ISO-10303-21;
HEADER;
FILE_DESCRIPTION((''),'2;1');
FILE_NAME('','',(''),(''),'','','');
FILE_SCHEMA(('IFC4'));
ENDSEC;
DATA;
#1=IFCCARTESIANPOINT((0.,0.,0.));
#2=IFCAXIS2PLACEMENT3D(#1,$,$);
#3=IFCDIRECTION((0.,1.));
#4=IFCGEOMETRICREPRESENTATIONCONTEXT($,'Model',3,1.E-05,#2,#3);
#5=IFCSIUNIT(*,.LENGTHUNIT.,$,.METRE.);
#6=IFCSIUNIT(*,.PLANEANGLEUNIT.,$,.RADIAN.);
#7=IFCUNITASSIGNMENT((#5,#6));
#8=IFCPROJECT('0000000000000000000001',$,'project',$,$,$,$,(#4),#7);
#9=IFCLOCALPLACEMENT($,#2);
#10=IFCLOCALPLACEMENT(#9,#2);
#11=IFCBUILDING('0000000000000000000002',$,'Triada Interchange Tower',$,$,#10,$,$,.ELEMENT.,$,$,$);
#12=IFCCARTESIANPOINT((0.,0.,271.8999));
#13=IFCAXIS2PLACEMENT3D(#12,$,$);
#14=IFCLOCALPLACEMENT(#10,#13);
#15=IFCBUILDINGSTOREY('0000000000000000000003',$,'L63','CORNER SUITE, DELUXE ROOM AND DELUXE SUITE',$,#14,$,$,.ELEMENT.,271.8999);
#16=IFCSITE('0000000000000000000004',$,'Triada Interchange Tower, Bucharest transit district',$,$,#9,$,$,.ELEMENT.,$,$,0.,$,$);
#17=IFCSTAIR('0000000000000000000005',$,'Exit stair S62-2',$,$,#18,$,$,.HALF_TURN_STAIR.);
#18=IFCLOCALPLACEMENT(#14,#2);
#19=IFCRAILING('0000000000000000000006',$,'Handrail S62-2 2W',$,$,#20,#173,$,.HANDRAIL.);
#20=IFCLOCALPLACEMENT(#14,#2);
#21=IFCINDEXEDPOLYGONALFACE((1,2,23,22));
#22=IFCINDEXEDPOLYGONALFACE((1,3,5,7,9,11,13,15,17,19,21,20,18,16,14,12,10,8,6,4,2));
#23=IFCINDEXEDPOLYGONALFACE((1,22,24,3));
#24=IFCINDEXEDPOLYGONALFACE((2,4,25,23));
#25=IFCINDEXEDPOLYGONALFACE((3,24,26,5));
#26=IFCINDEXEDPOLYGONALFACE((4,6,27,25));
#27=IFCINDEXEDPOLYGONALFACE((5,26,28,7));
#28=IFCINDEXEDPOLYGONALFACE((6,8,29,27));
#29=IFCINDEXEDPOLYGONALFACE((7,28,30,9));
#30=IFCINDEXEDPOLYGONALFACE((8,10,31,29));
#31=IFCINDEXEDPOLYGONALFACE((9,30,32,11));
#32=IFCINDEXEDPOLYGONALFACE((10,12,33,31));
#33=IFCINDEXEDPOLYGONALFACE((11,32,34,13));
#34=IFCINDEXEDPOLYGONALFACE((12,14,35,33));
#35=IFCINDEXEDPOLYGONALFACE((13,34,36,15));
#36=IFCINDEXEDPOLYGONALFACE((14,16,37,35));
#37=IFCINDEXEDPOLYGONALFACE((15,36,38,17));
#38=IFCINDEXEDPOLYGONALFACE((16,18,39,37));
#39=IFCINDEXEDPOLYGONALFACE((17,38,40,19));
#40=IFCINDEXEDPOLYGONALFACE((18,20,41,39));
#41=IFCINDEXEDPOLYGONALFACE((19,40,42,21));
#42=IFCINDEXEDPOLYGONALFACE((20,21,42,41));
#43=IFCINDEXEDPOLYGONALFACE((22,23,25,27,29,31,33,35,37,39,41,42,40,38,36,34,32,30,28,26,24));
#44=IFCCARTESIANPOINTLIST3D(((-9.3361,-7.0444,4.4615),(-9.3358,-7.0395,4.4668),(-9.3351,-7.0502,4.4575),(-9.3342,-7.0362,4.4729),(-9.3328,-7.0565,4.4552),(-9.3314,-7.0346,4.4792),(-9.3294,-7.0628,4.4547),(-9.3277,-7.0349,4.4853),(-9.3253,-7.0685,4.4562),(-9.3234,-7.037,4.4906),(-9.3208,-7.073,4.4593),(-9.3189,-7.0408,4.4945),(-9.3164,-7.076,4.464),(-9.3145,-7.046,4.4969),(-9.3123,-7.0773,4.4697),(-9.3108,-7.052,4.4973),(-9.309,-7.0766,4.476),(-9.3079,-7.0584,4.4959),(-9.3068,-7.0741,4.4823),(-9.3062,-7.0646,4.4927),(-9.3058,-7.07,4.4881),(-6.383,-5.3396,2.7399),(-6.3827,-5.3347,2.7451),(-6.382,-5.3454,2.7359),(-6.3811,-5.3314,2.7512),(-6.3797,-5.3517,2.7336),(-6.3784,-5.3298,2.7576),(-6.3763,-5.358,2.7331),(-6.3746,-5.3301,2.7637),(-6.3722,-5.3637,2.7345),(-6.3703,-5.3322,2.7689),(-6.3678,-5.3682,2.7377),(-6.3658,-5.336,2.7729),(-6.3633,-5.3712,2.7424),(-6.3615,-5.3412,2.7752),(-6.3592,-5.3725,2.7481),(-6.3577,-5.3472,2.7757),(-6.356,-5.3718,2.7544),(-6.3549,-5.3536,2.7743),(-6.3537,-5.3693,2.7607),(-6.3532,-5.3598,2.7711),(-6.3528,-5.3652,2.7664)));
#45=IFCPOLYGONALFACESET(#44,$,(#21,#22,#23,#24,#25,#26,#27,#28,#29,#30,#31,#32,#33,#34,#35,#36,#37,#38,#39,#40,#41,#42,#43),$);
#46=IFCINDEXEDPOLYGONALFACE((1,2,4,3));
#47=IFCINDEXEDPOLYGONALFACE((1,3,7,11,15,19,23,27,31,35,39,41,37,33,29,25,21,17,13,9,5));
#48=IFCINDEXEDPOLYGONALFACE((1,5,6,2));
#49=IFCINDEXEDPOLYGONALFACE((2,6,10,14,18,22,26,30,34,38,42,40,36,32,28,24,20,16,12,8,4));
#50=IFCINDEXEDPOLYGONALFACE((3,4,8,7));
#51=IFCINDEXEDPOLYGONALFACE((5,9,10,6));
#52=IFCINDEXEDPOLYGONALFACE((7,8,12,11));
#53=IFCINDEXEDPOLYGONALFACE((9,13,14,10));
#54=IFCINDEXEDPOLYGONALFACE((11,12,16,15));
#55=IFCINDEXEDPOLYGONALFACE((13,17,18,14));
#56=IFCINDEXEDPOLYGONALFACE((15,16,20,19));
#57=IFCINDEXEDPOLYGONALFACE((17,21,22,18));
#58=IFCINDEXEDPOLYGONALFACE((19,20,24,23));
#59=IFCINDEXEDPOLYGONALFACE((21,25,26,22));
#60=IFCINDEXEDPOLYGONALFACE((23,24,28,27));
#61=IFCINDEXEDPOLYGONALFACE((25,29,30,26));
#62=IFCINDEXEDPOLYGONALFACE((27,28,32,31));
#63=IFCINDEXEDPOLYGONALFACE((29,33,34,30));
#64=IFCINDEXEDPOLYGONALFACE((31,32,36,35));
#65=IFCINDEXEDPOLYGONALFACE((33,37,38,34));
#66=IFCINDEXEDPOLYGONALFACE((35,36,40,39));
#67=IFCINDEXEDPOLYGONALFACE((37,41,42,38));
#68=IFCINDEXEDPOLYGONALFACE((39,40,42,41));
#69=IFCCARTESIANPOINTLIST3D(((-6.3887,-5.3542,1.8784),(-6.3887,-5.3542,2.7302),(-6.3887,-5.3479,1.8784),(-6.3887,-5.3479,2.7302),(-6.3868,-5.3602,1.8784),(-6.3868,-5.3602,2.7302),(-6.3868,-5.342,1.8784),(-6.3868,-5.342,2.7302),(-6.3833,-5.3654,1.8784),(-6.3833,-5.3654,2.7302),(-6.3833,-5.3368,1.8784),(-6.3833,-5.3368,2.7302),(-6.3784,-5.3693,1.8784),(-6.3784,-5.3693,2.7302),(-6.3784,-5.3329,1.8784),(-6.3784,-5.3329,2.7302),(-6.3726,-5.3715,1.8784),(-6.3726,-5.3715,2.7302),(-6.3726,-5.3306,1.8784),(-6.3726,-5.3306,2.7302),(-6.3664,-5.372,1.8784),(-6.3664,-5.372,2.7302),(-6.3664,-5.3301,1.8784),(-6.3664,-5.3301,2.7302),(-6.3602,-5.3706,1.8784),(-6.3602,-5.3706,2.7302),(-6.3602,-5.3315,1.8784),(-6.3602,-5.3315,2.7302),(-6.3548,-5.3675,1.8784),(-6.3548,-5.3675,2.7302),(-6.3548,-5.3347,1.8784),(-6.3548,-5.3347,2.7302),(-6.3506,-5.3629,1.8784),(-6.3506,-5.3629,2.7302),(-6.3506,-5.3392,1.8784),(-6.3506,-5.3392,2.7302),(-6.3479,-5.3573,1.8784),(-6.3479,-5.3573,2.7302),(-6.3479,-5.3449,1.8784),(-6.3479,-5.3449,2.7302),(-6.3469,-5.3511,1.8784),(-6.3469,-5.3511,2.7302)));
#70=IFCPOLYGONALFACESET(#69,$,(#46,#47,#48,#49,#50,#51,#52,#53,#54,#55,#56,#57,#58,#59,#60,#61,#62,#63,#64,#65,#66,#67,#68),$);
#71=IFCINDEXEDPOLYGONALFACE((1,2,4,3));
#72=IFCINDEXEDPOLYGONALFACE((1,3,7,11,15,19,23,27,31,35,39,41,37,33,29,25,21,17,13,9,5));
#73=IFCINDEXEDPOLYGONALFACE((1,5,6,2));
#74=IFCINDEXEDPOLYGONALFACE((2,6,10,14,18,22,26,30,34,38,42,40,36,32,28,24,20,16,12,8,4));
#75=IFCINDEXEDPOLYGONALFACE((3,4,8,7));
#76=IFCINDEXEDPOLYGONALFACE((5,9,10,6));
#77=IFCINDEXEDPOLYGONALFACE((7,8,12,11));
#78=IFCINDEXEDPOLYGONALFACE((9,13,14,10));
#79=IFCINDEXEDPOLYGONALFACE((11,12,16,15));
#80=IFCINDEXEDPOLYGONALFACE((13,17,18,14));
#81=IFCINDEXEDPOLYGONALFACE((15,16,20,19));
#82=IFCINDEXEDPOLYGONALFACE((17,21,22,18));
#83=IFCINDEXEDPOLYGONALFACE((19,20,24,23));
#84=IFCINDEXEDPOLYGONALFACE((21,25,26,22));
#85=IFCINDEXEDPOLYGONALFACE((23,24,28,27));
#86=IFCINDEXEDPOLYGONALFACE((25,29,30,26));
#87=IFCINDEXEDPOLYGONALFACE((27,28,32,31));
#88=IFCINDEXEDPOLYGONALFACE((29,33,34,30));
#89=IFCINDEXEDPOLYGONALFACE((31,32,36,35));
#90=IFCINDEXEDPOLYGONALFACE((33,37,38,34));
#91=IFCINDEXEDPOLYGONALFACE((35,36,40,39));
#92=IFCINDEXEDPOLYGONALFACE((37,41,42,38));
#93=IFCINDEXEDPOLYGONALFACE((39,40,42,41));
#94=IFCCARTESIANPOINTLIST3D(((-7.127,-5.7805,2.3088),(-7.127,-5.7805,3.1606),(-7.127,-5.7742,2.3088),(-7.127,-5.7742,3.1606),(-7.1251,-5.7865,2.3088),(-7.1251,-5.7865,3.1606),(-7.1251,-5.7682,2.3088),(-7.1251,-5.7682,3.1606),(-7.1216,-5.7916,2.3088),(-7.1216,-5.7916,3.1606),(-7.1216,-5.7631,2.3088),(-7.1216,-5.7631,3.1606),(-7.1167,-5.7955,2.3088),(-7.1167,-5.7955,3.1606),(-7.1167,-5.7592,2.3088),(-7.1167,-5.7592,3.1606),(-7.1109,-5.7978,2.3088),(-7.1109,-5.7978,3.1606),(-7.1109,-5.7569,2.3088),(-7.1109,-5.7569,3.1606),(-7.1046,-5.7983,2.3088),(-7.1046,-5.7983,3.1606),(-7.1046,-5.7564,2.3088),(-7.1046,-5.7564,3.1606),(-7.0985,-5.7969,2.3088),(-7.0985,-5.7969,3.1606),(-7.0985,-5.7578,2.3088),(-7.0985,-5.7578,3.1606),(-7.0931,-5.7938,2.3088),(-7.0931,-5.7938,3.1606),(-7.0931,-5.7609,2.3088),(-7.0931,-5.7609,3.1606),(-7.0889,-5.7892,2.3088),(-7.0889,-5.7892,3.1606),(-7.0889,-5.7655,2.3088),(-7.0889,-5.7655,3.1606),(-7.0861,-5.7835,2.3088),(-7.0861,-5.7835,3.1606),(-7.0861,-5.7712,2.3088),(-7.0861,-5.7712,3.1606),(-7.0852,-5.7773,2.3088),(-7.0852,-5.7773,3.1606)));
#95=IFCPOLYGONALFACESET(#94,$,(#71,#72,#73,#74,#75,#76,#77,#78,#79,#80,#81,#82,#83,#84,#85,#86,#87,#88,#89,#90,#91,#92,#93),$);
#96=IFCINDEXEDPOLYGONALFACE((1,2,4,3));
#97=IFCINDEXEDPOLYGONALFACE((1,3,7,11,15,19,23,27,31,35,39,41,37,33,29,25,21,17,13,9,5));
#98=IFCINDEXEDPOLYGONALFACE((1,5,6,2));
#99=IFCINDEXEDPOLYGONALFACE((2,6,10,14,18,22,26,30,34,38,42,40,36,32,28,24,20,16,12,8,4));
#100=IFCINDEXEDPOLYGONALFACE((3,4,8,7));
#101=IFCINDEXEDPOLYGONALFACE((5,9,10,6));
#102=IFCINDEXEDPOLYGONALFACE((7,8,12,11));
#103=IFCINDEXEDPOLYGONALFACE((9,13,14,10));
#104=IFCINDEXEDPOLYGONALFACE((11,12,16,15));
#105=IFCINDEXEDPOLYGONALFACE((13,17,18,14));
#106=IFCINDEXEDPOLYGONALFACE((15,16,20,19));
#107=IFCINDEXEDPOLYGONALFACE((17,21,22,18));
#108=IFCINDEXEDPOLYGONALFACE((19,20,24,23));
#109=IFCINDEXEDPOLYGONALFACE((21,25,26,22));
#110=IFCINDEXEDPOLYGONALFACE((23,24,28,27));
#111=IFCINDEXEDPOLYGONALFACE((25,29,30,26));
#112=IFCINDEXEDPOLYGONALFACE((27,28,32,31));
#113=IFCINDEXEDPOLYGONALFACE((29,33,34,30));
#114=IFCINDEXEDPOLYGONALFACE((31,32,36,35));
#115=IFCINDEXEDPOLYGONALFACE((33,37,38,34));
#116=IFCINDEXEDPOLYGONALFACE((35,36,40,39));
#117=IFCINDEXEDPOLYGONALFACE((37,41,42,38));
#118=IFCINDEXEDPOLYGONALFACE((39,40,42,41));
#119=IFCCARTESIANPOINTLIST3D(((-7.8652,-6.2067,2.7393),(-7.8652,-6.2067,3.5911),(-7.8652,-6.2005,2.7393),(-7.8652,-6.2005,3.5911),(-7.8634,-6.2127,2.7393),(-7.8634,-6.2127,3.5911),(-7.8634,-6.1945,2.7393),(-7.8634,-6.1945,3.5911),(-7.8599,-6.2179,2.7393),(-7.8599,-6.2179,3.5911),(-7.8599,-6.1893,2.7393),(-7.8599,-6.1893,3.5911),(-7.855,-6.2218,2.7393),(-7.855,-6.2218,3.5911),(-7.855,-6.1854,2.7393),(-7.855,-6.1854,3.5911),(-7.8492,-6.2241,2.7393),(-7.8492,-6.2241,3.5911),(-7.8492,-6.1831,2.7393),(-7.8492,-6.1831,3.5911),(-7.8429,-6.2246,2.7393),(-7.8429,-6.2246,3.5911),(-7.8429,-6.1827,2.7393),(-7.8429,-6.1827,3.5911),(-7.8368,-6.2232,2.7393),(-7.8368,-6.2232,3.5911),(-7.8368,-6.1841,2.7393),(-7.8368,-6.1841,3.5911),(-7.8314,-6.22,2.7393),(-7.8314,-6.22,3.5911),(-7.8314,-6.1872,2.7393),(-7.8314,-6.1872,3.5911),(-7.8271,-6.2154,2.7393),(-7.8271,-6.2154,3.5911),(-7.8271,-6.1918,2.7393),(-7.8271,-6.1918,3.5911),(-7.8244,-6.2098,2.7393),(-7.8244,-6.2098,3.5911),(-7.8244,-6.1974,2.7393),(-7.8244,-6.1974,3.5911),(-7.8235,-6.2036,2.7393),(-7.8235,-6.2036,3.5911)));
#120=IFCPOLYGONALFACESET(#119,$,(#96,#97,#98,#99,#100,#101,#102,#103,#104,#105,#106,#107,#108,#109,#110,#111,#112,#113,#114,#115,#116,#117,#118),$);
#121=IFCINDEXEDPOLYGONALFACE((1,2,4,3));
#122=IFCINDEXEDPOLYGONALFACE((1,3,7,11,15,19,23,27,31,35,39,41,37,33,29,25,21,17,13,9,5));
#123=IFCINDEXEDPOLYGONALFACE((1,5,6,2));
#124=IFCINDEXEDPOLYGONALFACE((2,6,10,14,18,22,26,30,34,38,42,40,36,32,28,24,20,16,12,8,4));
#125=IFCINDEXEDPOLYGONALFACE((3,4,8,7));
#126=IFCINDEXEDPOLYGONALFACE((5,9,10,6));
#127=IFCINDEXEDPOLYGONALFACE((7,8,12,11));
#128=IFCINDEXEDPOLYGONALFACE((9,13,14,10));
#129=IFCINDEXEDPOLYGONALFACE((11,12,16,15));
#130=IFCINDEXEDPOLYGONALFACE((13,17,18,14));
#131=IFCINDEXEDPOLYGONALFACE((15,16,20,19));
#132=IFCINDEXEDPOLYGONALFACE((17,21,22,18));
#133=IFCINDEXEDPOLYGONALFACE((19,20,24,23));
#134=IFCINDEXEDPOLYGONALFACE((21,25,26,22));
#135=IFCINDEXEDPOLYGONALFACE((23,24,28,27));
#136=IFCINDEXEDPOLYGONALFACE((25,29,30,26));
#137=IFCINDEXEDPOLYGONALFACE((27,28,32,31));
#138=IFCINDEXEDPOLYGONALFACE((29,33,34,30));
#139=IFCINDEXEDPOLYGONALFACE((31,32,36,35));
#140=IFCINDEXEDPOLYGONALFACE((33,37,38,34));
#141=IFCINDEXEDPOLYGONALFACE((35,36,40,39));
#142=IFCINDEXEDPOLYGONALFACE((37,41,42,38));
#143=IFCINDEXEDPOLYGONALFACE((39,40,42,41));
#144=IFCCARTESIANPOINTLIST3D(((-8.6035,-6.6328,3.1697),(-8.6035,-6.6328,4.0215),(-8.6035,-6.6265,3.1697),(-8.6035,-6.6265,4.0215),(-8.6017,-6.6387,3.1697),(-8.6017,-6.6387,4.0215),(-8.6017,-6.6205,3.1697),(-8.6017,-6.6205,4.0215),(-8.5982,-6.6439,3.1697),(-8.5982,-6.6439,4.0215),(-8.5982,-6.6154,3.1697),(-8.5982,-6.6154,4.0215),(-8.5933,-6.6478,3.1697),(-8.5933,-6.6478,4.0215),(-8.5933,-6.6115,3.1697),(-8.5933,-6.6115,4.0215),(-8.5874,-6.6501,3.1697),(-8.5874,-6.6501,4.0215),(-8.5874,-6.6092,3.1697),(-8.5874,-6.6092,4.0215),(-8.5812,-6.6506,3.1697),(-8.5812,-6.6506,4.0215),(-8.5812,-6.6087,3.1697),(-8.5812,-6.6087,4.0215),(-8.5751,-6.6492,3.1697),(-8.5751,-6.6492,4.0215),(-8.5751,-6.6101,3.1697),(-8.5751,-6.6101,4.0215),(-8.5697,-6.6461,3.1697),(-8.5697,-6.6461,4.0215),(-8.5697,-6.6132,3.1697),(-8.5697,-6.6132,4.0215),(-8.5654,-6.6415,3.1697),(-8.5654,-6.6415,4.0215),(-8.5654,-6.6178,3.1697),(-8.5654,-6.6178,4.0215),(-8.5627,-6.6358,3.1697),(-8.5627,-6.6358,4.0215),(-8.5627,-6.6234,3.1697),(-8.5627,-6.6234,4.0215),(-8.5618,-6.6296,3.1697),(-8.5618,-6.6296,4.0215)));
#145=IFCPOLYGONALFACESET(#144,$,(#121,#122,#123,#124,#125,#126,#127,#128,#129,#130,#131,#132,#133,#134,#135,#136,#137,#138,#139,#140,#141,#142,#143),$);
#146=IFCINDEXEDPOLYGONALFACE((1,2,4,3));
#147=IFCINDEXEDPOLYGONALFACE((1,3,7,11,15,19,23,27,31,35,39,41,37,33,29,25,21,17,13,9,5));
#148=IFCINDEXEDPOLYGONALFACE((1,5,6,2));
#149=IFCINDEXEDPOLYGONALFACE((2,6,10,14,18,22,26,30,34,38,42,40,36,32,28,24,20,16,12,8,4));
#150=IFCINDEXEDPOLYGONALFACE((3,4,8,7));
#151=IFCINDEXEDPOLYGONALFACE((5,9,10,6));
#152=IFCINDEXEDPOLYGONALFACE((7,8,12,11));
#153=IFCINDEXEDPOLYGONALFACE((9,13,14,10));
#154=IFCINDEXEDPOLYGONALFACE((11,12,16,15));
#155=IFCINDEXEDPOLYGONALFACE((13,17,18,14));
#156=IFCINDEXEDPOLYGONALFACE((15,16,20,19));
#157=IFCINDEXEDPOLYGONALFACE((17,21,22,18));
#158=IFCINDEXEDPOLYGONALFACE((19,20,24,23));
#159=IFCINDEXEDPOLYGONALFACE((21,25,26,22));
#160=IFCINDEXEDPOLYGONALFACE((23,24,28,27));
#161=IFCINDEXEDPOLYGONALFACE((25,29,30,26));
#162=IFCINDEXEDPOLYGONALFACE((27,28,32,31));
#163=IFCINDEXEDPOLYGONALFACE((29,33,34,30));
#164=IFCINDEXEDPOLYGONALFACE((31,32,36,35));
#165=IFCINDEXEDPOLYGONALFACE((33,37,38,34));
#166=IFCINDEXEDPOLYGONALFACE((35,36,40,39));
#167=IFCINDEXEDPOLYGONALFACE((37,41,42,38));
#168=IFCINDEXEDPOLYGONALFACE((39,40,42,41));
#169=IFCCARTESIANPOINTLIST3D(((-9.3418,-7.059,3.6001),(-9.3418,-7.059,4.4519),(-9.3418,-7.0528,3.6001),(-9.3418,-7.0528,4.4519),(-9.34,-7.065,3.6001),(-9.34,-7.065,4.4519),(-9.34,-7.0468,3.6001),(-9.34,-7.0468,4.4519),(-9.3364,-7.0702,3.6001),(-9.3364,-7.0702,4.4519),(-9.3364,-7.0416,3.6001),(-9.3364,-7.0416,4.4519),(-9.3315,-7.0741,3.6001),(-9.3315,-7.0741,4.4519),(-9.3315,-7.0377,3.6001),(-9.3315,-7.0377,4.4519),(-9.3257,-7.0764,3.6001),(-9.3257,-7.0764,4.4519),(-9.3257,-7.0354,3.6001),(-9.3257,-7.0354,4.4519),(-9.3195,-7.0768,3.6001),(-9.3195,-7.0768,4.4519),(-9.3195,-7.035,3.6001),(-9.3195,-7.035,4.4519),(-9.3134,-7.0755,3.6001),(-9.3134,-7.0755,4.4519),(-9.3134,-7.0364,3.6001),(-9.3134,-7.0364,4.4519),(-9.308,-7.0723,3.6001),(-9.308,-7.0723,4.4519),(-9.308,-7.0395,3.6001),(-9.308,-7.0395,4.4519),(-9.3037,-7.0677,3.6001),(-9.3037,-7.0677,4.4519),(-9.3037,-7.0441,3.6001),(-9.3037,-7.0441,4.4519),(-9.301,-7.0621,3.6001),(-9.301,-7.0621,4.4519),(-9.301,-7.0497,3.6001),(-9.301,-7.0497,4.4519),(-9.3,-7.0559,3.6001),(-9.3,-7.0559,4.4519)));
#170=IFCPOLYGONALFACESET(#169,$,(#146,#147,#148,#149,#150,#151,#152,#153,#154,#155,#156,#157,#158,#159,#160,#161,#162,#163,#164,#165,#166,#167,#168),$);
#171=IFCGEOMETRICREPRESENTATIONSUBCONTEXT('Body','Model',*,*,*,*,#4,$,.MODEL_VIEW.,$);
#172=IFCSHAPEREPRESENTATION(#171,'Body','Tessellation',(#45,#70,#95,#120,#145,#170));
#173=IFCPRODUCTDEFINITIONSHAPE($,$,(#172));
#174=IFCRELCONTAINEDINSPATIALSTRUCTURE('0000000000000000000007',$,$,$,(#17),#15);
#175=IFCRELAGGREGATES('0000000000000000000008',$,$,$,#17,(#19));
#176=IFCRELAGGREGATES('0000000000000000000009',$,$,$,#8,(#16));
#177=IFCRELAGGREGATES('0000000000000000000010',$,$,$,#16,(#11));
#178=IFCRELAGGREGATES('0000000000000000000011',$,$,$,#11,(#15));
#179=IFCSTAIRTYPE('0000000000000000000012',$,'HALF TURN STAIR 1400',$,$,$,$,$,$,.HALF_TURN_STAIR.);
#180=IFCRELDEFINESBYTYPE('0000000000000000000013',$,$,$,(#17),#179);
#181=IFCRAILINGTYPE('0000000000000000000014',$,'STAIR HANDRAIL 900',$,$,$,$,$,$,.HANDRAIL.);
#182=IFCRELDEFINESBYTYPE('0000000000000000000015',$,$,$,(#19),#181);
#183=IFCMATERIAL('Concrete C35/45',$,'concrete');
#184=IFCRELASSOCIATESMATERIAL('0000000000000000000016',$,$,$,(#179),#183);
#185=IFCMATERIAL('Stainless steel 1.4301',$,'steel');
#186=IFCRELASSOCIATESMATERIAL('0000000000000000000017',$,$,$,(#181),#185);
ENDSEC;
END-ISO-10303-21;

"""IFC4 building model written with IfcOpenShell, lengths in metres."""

from ifc_helpers import new_model, si_unit, direction, frame, origin, origin_2d, place, context, subcontext, project, spatial, circle, extrude, material, type_object, element, aggregate, save


model = new_model("IFC4")

# Units and contexts
model_context = context("Model", 3, precision=1e-05, world=origin(), true_north=direction((0.0, 1.0)))
body_context = subcontext(model_context, "Body", "Model", "MODEL_VIEW")
ifc_project = project(units=[si_unit("LENGTHUNIT", "METRE"), si_unit("PLANEANGLEUNIT", "RADIAN")], contexts=[model_context])

# Site, building, storey
site_placement = place(None, origin())
site = spatial("IfcSite", under=ifc_project, at=site_placement, Name="Triada Interchange Tower, Bucharest transit district", CompositionType="ELEMENT", RefElevation=0.0)
building_placement = place(site_placement, origin())
building = spatial("IfcBuilding", under=site, at=building_placement, Name="Triada Interchange Tower", CompositionType="ELEMENT")
storey_placement = place(building_placement, frame((0.0, 0.0, 271.8999)))
storey = spatial("IfcBuildingStorey", under=building, at=storey_placement, Name="L63", Description="CORNER SUITE, DELUXE ROOM AND DELUXE SUITE", CompositionType="ELEMENT", Elevation=271.8999)

# Stair, railing
ifc_material_1 = material(Name="Concrete C35/45", Category="concrete")
stair_type = type_object("IfcStairType", Name="HALF TURN STAIR 1400", PredefinedType="HALF_TURN_STAIR", material=ifc_material_1)
stair_placement = place(storey_placement, origin())
stair = element("IfcStair", 1, at=stair_placement, inside=storey, type_object=stair_type, Name="Exit stair S62-2", PredefinedType="HALF_TURN_STAIR")
ifc_material_2 = material(Name="Stainless steel 1.4301", Category="steel")
railing_type = type_object("IfcRailingType", Name="STAIR HANDRAIL 900", PredefinedType="HANDRAIL", material=ifc_material_2)
railing_1_placement = place(storey_placement, frame((-6.3679, -5.3511, 1.8784)))
railing_1 = element("IfcRailing", 2, at=railing_1_placement, type_object=railing_type, Name="Handrail S62-2 2W", PredefinedType="HANDRAIL", context=body_context, shape_type="SweptSolid", body=[
    extrude(circle(Radius=0.0239, at=origin_2d()), frame((0.0, 0.0, 0.876), z_axis=(-0.773091, -0.446304, 0.450714), x_axis=(0.499966, -0.866045, 0.0)), (0.0, 0.0, 1.0), 3.8198),
    extrude(circle(Radius=0.021, at=origin_2d()), origin(), (0.0, 0.0, 1.0), 0.8518),
    extrude(circle(Radius=0.021, at=origin_2d()), frame((-0.7383, -0.4263, 0.4304)), (0.0, 0.0, 1.0), 0.8518),
    extrude(circle(Radius=0.021, at=origin_2d()), frame((-1.4766, -0.8525, 0.8608)), (0.0, 0.0, 1.0), 0.8518),
    extrude(circle(Radius=0.021, at=origin_2d()), frame((-2.2148, -1.2786, 1.2913)), (0.0, 0.0, 1.0), 0.8518),
    extrude(circle(Radius=0.021, at=origin_2d()), frame((-2.9531, -1.7048, 1.7217)), (0.0, 0.0, 1.0), 0.8518),
])
aggregate(stair, [railing_1])

save(model, "model.ifc")
